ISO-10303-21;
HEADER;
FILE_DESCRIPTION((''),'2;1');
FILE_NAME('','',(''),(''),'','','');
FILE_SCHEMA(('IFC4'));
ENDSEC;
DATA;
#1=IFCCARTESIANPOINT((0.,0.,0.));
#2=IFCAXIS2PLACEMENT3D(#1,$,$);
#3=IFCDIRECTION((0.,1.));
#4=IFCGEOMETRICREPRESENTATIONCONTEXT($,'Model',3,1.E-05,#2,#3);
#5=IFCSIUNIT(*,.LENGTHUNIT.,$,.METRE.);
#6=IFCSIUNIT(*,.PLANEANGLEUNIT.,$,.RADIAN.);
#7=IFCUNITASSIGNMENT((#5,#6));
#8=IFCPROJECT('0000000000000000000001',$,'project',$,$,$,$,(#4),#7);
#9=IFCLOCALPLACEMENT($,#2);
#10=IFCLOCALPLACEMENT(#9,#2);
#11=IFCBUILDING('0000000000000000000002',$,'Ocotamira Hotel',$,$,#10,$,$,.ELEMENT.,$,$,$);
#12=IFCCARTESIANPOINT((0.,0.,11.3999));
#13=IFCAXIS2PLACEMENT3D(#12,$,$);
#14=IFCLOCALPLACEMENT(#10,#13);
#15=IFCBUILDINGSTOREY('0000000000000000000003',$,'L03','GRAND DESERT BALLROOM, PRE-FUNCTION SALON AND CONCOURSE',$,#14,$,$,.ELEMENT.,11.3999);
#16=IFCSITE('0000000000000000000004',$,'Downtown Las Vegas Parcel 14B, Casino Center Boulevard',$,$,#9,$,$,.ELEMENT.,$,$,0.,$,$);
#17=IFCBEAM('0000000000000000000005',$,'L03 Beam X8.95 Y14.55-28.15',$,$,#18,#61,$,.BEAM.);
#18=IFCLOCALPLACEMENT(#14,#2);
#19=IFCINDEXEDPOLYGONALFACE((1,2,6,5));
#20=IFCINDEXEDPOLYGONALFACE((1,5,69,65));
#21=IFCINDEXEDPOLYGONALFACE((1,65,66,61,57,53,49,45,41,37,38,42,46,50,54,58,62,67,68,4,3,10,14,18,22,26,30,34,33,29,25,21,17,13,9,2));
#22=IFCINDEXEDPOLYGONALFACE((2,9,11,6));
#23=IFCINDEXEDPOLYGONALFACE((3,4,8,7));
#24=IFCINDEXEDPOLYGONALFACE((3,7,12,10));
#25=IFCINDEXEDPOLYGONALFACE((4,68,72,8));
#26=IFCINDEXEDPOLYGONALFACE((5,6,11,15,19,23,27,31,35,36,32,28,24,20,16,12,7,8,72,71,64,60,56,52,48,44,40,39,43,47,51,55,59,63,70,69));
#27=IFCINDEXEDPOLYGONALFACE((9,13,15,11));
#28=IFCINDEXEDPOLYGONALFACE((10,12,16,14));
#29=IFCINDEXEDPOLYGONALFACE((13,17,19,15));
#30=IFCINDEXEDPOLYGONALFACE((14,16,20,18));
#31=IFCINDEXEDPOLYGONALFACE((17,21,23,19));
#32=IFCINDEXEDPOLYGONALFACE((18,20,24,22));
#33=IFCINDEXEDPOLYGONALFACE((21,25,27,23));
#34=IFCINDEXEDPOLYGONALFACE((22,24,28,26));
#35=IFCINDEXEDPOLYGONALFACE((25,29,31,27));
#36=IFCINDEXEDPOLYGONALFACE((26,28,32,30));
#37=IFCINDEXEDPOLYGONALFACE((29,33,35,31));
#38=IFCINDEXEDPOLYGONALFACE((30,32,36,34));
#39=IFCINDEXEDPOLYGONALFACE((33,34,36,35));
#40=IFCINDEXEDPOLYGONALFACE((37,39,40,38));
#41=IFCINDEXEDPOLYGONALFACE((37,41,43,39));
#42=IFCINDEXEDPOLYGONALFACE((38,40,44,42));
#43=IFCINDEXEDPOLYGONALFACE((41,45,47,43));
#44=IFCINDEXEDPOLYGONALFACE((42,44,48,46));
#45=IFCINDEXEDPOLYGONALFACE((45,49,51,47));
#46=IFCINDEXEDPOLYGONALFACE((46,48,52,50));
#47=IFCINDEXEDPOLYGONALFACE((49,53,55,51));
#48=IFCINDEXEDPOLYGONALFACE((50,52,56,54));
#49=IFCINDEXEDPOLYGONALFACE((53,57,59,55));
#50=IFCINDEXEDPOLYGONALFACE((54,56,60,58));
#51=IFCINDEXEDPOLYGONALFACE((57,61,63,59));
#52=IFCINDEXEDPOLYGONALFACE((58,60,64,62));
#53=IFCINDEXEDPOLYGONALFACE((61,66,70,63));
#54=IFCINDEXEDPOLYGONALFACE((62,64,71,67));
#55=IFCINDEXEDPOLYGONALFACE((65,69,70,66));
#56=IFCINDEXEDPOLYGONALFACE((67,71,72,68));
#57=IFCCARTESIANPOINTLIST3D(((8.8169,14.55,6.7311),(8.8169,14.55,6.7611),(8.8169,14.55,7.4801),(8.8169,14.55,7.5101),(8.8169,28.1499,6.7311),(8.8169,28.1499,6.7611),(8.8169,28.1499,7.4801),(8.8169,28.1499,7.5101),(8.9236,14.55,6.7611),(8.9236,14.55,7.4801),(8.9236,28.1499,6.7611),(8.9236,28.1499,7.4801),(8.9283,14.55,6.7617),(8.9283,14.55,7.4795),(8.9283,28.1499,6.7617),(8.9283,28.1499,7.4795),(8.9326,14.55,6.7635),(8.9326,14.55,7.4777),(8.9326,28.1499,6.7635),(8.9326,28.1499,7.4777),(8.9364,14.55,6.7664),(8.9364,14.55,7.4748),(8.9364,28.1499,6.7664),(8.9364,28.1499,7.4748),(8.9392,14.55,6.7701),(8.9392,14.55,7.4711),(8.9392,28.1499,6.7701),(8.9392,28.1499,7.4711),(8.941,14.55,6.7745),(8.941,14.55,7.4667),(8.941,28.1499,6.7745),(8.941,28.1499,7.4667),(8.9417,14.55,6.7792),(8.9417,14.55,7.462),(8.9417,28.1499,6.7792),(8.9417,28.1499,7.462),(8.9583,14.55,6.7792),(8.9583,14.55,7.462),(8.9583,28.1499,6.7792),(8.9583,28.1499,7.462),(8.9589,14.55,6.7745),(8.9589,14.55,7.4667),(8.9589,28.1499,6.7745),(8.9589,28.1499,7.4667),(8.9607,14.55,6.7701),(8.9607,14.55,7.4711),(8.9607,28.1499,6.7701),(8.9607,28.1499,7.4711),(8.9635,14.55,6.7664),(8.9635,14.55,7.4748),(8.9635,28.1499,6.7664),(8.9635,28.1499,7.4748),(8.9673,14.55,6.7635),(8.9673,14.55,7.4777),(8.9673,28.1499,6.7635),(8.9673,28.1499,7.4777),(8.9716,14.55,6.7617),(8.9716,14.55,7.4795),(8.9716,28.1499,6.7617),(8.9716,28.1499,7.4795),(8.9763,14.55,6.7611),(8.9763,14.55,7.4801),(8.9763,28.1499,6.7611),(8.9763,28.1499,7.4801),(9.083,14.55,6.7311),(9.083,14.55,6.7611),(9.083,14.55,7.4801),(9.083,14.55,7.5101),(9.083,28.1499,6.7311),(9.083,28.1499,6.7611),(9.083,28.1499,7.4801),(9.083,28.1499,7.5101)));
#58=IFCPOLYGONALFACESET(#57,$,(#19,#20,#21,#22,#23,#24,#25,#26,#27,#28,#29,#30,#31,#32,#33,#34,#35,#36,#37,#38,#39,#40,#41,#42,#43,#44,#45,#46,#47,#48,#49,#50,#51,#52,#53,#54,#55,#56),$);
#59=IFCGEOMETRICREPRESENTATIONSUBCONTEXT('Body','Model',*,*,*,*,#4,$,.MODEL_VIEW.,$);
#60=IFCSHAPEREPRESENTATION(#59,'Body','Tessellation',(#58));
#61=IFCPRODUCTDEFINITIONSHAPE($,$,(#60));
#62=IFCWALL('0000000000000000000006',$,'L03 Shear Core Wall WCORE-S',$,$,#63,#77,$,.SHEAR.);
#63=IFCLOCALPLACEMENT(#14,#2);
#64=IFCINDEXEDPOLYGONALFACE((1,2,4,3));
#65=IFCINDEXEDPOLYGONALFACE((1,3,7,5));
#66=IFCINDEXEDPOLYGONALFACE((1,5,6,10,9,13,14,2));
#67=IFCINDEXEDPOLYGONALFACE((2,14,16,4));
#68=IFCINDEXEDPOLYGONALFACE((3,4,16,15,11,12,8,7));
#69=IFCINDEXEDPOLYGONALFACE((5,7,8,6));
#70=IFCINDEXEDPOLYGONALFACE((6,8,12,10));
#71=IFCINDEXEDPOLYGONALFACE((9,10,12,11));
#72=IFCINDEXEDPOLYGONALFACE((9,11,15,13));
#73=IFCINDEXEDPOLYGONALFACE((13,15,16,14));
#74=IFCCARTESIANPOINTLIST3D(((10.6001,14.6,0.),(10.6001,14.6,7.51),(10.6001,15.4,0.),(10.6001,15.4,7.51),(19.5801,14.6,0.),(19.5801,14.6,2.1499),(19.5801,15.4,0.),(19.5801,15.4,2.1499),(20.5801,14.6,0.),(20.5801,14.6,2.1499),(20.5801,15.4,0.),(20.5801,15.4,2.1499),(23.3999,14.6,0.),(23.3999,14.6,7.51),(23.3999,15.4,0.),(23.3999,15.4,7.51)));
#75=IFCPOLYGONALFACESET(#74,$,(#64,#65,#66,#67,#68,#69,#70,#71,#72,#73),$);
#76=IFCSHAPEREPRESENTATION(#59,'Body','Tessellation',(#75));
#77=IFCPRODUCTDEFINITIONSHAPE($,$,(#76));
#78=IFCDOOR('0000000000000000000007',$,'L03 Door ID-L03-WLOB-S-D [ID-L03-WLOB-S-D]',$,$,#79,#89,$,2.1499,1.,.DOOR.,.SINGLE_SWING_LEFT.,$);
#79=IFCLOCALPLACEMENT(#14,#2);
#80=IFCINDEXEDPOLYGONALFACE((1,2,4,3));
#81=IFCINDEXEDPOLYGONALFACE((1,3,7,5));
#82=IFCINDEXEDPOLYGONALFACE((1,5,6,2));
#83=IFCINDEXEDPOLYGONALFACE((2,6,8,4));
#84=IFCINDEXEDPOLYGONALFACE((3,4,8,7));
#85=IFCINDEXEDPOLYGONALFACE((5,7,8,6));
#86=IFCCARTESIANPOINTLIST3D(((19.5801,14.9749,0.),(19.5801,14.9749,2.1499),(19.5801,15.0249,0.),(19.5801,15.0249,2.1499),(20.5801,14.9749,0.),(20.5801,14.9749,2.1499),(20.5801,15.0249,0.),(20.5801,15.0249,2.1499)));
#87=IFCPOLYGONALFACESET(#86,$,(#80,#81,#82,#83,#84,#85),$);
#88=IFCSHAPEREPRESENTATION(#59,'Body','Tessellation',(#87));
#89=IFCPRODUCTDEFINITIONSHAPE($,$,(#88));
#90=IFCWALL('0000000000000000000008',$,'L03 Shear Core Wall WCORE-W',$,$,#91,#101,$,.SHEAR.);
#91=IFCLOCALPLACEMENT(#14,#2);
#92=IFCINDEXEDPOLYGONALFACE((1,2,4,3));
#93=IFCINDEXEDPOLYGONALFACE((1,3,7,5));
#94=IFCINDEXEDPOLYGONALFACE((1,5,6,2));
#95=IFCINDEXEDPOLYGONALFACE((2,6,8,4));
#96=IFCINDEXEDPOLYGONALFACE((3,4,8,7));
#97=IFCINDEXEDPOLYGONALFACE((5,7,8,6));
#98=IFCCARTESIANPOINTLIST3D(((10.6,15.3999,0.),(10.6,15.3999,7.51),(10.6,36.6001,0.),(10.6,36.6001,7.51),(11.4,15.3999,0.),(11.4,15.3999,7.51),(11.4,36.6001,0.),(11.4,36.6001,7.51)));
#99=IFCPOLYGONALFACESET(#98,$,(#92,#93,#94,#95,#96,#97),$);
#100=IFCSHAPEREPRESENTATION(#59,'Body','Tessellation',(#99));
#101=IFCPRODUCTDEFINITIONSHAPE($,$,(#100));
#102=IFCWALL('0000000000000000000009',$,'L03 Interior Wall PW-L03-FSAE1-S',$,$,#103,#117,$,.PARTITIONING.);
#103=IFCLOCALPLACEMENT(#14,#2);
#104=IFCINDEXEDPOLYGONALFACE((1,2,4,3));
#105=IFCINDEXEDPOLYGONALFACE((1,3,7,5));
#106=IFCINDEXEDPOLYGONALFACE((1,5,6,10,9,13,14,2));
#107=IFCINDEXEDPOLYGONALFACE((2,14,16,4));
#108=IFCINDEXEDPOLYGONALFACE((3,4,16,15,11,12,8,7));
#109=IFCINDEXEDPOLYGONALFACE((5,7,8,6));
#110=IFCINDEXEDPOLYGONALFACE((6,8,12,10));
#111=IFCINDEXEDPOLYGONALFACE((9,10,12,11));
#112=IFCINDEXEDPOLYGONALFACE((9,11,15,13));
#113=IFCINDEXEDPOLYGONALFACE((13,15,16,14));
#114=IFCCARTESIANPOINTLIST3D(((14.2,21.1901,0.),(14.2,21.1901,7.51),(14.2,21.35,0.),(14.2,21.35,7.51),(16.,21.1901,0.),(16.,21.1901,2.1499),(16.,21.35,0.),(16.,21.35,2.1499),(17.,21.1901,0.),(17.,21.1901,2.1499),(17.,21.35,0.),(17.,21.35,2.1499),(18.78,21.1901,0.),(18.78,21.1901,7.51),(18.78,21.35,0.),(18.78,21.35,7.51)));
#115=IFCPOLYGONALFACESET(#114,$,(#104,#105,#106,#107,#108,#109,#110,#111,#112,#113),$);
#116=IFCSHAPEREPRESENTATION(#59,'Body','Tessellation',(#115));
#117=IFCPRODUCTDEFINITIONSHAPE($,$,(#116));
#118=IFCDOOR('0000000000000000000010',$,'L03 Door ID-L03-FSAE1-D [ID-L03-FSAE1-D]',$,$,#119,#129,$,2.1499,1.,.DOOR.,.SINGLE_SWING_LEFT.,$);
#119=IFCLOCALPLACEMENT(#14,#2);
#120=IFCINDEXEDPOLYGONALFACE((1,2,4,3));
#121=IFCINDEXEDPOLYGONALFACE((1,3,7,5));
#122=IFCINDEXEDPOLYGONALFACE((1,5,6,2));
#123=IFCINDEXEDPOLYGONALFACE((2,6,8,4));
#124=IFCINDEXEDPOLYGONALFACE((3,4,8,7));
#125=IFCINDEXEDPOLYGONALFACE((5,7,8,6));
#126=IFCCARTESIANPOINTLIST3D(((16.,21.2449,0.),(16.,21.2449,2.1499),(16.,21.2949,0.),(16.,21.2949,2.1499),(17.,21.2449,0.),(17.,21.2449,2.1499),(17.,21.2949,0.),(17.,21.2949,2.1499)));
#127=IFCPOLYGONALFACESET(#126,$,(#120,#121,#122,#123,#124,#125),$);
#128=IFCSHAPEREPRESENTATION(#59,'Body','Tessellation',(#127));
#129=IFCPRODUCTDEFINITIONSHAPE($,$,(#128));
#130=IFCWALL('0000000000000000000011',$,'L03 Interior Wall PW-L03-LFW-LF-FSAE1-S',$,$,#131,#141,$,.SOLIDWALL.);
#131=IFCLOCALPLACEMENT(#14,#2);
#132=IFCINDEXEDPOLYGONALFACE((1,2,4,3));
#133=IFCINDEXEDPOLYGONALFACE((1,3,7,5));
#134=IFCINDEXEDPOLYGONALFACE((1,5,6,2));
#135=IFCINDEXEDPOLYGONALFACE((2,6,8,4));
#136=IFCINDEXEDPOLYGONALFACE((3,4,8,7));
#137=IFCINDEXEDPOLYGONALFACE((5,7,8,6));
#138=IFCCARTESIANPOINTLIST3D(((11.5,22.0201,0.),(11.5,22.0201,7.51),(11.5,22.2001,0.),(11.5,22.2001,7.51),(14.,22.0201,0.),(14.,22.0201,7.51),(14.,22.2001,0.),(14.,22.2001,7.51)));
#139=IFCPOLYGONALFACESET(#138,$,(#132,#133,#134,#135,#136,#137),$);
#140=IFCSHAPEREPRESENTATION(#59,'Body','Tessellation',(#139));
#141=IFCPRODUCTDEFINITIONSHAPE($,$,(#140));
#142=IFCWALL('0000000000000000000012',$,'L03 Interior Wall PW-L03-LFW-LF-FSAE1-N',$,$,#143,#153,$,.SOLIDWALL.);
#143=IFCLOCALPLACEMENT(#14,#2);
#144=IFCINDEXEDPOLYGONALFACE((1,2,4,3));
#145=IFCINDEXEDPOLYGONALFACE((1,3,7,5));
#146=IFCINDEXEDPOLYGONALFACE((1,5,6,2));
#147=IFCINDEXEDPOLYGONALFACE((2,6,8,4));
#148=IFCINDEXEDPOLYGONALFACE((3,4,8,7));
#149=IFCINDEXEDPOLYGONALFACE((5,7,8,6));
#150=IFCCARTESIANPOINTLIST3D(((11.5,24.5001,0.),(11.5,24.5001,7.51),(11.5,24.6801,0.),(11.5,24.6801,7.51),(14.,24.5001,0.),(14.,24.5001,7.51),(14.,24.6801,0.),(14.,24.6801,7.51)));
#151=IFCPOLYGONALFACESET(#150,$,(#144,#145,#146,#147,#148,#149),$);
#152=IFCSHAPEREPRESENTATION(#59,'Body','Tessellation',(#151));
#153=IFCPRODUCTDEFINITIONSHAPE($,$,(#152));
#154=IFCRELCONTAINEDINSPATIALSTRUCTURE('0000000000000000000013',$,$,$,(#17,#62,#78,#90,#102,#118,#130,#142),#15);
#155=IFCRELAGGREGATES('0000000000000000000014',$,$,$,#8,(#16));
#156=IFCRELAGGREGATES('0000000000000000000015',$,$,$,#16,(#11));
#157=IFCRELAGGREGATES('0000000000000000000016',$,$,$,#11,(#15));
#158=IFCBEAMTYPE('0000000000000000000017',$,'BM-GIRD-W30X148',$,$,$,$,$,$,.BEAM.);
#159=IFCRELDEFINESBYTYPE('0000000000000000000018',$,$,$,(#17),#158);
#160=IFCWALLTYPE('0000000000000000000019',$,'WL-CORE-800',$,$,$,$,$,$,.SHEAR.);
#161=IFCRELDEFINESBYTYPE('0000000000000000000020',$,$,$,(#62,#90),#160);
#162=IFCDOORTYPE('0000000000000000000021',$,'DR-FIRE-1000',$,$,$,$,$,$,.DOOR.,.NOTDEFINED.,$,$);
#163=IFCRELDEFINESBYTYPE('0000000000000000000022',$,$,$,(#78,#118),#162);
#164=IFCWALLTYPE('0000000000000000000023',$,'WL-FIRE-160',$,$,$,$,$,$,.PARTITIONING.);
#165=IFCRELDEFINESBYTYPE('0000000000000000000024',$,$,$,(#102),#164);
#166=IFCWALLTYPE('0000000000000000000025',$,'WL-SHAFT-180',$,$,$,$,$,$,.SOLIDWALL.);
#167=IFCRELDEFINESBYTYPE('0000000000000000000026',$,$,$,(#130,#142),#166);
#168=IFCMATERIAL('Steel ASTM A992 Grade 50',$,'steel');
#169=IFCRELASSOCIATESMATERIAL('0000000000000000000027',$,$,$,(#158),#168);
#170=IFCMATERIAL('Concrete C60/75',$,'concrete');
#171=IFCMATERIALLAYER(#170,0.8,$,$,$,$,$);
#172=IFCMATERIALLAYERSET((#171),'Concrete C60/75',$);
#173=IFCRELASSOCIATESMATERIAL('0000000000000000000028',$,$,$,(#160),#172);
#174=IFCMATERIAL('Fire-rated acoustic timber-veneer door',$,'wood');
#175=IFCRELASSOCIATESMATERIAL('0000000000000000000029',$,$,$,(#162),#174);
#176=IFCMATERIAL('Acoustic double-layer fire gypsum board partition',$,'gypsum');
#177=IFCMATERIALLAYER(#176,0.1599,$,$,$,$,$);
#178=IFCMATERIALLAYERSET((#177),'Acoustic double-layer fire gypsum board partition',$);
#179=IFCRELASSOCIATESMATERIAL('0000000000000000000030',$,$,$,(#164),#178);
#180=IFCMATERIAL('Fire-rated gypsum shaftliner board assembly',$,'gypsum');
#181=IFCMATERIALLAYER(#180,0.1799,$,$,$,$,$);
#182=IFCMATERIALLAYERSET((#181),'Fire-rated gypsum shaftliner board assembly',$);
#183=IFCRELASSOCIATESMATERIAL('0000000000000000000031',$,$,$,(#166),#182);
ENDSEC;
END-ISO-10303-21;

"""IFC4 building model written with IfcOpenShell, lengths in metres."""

from ifc_helpers import new_model, si_unit, direction, frame, frame_2d, origin, origin_2d, place, context, subcontext, project, spatial, rectangle, i_section, extrude, source, transform, mapped, material, layer, layer_set, material_profile, profile_set, type_object, element, fill, save


model = new_model("IFC4")

# Units and contexts
model_context = context("Model", 3, precision=1e-05, world=origin(), true_north=direction((0.0, 1.0)))
body_context = subcontext(model_context, "Body", "Model", "MODEL_VIEW")
ifc_project = project(units=[si_unit("LENGTHUNIT", "METRE"), si_unit("PLANEANGLEUNIT", "RADIAN")], contexts=[model_context])

# Site, building, storey
site_placement = place(None, origin())
site = spatial("IfcSite", under=ifc_project, at=site_placement, Name="Downtown Las Vegas Parcel 14B, Casino Center Boulevard", CompositionType="ELEMENT", RefElevation=0.0)
building_placement = place(site_placement, origin())
building = spatial("IfcBuilding", under=site, at=building_placement, Name="Ocotamira Hotel", CompositionType="ELEMENT")
storey_placement = place(building_placement, frame((0.0, 0.0, 11.3999)))
storey = spatial("IfcBuildingStorey", under=building, at=storey_placement, Name="L03", Description="GRAND DESERT BALLROOM, PRE-FUNCTION SALON AND CONCOURSE", CompositionType="ELEMENT", Elevation=11.3999)

# Shared definitions
ifc_material_1 = material(Name="Concrete C60/75", Category="concrete")

# Beam
ifc_material_2 = material(Name="Steel ASTM A992 Grade 50", Category="steel")
ifc_material_profile_1 = material_profile(ifc_material_2, i_section(OverallWidth=0.2661, OverallDepth=0.7791, WebThickness=0.0166, FlangeThickness=0.03, FilletRadius=0.0181, at=origin_2d()), Name="W30X148")
ifc_profile_set_1 = profile_set([ifc_material_profile_1], Name="Steel ASTM A992 Grade 50")
beam_type_1 = type_object("IfcBeamType", Name="BM-GIRD-W30X148", PredefinedType="BEAM", material=ifc_profile_set_1)
shared_shape_1 = source(origin(), body_context, "Body", "SweptSolid", [
    extrude(i_section(OverallWidth=0.2661, OverallDepth=0.7791, WebThickness=0.0166, FlangeThickness=0.03, FilletRadius=0.0181, at=origin_2d()), origin(), (0.0, 0.0, 1.0), 13.5999),
])
beam_1_placement = place(storey_placement, frame((8.95, 14.55, 7.1206), z_axis=(0.0, 1.0, 0.0), x_axis=(-1.0, 0.0, 0.0)))
element("IfcBeam", 1, at=beam_1_placement, inside=storey, type_object=beam_type_1, Name="L03 Beam X8.95 Y14.55-28.15", PredefinedType="BEAM", context=body_context, shape_type="MappedRepresentation", body=[
    mapped(shared_shape_1, transform((0.0, 0.0, 0.0), scale=1.0)),
])

# Wall, opening, door
ifc_layer_1 = layer(ifc_material_1, 0.8)
ifc_layer_set_1 = layer_set([ifc_layer_1], Name="Concrete C60/75")
wall_type_1 = type_object("IfcWallType", Name="WL-CORE-800", PredefinedType="SHEAR", material=ifc_layer_set_1)
wall_1_placement = place(storey_placement, frame((10.6001, 15.0, 0.0), z_axis=(0.0, 0.0, 1.0), x_axis=(1.0, 0.0, 0.0)))
wall_1 = element("IfcWall", 2, at=wall_1_placement, inside=storey, type_object=wall_type_1, Name="L03 Shear Core Wall WCORE-S", PredefinedType="SHEAR", context=body_context, shape_type="SweptSolid", body=[
    extrude(rectangle(XDim=12.7998, YDim=0.8, at=frame_2d((6.3999, 0.0))), origin(), (0.0, 0.0, 1.0), 7.51),
])
opening_1_placement = place(wall_1_placement, frame((8.98, 0.0, 0.0)))
opening_1 = element("IfcOpeningElement", 3, at=opening_1_placement, cuts=wall_1, PredefinedType="OPENING", context=body_context, shape_type="SweptSolid", body=[
    extrude(rectangle(XDim=1.0, YDim=2.1499, at=frame_2d((0.5, 1.075))), frame((0.0, 0.4102, 0.0), z_axis=(0.0, -1.0, 0.0), x_axis=(1.0, 0.0, 0.0)), (0.0, 0.0, 1.0), 0.8201),
])
ifc_material_3 = material(Name="Fire-rated acoustic timber-veneer door", Category="wood")
door_type_1 = type_object("IfcDoorType", Name="DR-FIRE-1000", OperationType="NOTDEFINED", PredefinedType="DOOR", material=ifc_material_3)
shared_shape_2 = source(origin(), body_context, "Body", "SweptSolid", [
    extrude(rectangle(XDim=1.0, YDim=2.1499, at=frame_2d((0.5, 1.075))), frame((0.0, 0.0249, 0.0), z_axis=(0.0, -1.0, 0.0), x_axis=(1.0, 0.0, 0.0)), (0.0, 0.0, 1.0), 0.05),
])
door_1_placement = place(opening_1_placement, origin())
door_1 = element("IfcDoor", 4, at=door_1_placement, inside=storey, type_object=door_type_1, Name="L03 Door ID-L03-WLOB-S-D [ID-L03-WLOB-S-D]", OperationType="SINGLE_SWING_LEFT", OverallHeight=2.1499, OverallWidth=1.0, PredefinedType="DOOR", context=body_context, shape_type="MappedRepresentation", body=[
    mapped(shared_shape_2, transform((0.0, 0.0, 0.0), scale=1.0)),
])
fill(opening_1, door_1)

# Wall
wall_2_placement = place(storey_placement, frame((11.0, 15.3999, 0.0), z_axis=(0.0, 0.0, 1.0), x_axis=(0.0, 1.0, 0.0)))
element("IfcWall", 5, at=wall_2_placement, inside=storey, type_object=wall_type_1, Name="L03 Shear Core Wall WCORE-W", PredefinedType="SHEAR", context=body_context, shape_type="SweptSolid", body=[
    extrude(rectangle(XDim=21.2002, YDim=0.8, at=frame_2d((10.6001, 0.0))), origin(), (0.0, 0.0, 1.0), 7.51),
])

# Wall, opening, door
ifc_material_4 = material(Name="Acoustic double-layer fire gypsum board partition", Category="gypsum")
ifc_layer_2 = layer(ifc_material_4, 0.1599)
ifc_layer_set_2 = layer_set([ifc_layer_2], Name="Acoustic double-layer fire gypsum board partition")
wall_type_2 = type_object("IfcWallType", Name="WL-FIRE-160", PredefinedType="PARTITIONING", material=ifc_layer_set_2)
wall_3_placement = place(storey_placement, frame((14.2, 21.27, 0.0), z_axis=(0.0, 0.0, 1.0), x_axis=(1.0, 0.0, 0.0)))
wall_3 = element("IfcWall", 6, at=wall_3_placement, inside=storey, type_object=wall_type_2, Name="L03 Interior Wall PW-L03-FSAE1-S", PredefinedType="PARTITIONING", context=body_context, shape_type="SweptSolid", body=[
    extrude(rectangle(XDim=4.5801, YDim=0.1599, at=frame_2d((2.29, 0.0))), origin(), (0.0, 0.0, 1.0), 7.51),
])
opening_2_placement = place(wall_3_placement, frame((1.8, 0.0, 0.0)))
opening_2 = element("IfcOpeningElement", 7, at=opening_2_placement, cuts=wall_3, PredefinedType="OPENING", context=body_context, shape_type="SweptSolid", body=[
    extrude(rectangle(XDim=1.0, YDim=2.1499, at=frame_2d((0.5, 1.075))), frame((0.0, 0.0898, 0.0), z_axis=(0.0, -1.0, 0.0), x_axis=(1.0, 0.0, 0.0)), (0.0, 0.0, 1.0), 0.1799),
])
door_2_placement = place(opening_2_placement, origin())
door_2 = element("IfcDoor", 8, at=door_2_placement, inside=storey, type_object=door_type_1, Name="L03 Door ID-L03-FSAE1-D [ID-L03-FSAE1-D]", OperationType="SINGLE_SWING_LEFT", OverallHeight=2.1499, OverallWidth=1.0, PredefinedType="DOOR", context=body_context, shape_type="MappedRepresentation", body=[
    mapped(shared_shape_2, transform((0.0, 0.0, 0.0), scale=1.0)),
])
fill(opening_2, door_2)

# Walls
ifc_material_5 = material(Name="Fire-rated gypsum shaftliner board assembly", Category="gypsum")
ifc_layer_3 = layer(ifc_material_5, 0.1799)
ifc_layer_set_3 = layer_set([ifc_layer_3], Name="Fire-rated gypsum shaftliner board assembly")
wall_type_3 = type_object("IfcWallType", Name="WL-SHAFT-180", PredefinedType="SOLIDWALL", material=ifc_layer_set_3)
for number, where, z_axis, x_axis, name in (
    (9, (11.5, 22.1101, 0.0), (0.0, 0.0, 1.0), (1.0, 0.0, 0.0), "L03 Interior Wall PW-L03-LFW-LF-FSAE1-S"),
    (10, (11.5, 24.5901, 0.0), (0.0, 0.0, 1.0), (1.0, 0.0, 0.0), "L03 Interior Wall PW-L03-LFW-LF-FSAE1-N"),
):
    element("IfcWall", number, at=place(storey_placement, frame(where, z_axis=z_axis, x_axis=x_axis)), inside=storey, type_object=wall_type_3, Name=name, PredefinedType="SOLIDWALL", context=body_context, shape_type="SweptSolid", body=[
        extrude(rectangle(XDim=2.5, YDim=0.1799, at=frame_2d((1.25, 0.0))), origin(), (0.0, 0.0, 1.0), 7.51),
    ])

save(model, "model.ifc")
